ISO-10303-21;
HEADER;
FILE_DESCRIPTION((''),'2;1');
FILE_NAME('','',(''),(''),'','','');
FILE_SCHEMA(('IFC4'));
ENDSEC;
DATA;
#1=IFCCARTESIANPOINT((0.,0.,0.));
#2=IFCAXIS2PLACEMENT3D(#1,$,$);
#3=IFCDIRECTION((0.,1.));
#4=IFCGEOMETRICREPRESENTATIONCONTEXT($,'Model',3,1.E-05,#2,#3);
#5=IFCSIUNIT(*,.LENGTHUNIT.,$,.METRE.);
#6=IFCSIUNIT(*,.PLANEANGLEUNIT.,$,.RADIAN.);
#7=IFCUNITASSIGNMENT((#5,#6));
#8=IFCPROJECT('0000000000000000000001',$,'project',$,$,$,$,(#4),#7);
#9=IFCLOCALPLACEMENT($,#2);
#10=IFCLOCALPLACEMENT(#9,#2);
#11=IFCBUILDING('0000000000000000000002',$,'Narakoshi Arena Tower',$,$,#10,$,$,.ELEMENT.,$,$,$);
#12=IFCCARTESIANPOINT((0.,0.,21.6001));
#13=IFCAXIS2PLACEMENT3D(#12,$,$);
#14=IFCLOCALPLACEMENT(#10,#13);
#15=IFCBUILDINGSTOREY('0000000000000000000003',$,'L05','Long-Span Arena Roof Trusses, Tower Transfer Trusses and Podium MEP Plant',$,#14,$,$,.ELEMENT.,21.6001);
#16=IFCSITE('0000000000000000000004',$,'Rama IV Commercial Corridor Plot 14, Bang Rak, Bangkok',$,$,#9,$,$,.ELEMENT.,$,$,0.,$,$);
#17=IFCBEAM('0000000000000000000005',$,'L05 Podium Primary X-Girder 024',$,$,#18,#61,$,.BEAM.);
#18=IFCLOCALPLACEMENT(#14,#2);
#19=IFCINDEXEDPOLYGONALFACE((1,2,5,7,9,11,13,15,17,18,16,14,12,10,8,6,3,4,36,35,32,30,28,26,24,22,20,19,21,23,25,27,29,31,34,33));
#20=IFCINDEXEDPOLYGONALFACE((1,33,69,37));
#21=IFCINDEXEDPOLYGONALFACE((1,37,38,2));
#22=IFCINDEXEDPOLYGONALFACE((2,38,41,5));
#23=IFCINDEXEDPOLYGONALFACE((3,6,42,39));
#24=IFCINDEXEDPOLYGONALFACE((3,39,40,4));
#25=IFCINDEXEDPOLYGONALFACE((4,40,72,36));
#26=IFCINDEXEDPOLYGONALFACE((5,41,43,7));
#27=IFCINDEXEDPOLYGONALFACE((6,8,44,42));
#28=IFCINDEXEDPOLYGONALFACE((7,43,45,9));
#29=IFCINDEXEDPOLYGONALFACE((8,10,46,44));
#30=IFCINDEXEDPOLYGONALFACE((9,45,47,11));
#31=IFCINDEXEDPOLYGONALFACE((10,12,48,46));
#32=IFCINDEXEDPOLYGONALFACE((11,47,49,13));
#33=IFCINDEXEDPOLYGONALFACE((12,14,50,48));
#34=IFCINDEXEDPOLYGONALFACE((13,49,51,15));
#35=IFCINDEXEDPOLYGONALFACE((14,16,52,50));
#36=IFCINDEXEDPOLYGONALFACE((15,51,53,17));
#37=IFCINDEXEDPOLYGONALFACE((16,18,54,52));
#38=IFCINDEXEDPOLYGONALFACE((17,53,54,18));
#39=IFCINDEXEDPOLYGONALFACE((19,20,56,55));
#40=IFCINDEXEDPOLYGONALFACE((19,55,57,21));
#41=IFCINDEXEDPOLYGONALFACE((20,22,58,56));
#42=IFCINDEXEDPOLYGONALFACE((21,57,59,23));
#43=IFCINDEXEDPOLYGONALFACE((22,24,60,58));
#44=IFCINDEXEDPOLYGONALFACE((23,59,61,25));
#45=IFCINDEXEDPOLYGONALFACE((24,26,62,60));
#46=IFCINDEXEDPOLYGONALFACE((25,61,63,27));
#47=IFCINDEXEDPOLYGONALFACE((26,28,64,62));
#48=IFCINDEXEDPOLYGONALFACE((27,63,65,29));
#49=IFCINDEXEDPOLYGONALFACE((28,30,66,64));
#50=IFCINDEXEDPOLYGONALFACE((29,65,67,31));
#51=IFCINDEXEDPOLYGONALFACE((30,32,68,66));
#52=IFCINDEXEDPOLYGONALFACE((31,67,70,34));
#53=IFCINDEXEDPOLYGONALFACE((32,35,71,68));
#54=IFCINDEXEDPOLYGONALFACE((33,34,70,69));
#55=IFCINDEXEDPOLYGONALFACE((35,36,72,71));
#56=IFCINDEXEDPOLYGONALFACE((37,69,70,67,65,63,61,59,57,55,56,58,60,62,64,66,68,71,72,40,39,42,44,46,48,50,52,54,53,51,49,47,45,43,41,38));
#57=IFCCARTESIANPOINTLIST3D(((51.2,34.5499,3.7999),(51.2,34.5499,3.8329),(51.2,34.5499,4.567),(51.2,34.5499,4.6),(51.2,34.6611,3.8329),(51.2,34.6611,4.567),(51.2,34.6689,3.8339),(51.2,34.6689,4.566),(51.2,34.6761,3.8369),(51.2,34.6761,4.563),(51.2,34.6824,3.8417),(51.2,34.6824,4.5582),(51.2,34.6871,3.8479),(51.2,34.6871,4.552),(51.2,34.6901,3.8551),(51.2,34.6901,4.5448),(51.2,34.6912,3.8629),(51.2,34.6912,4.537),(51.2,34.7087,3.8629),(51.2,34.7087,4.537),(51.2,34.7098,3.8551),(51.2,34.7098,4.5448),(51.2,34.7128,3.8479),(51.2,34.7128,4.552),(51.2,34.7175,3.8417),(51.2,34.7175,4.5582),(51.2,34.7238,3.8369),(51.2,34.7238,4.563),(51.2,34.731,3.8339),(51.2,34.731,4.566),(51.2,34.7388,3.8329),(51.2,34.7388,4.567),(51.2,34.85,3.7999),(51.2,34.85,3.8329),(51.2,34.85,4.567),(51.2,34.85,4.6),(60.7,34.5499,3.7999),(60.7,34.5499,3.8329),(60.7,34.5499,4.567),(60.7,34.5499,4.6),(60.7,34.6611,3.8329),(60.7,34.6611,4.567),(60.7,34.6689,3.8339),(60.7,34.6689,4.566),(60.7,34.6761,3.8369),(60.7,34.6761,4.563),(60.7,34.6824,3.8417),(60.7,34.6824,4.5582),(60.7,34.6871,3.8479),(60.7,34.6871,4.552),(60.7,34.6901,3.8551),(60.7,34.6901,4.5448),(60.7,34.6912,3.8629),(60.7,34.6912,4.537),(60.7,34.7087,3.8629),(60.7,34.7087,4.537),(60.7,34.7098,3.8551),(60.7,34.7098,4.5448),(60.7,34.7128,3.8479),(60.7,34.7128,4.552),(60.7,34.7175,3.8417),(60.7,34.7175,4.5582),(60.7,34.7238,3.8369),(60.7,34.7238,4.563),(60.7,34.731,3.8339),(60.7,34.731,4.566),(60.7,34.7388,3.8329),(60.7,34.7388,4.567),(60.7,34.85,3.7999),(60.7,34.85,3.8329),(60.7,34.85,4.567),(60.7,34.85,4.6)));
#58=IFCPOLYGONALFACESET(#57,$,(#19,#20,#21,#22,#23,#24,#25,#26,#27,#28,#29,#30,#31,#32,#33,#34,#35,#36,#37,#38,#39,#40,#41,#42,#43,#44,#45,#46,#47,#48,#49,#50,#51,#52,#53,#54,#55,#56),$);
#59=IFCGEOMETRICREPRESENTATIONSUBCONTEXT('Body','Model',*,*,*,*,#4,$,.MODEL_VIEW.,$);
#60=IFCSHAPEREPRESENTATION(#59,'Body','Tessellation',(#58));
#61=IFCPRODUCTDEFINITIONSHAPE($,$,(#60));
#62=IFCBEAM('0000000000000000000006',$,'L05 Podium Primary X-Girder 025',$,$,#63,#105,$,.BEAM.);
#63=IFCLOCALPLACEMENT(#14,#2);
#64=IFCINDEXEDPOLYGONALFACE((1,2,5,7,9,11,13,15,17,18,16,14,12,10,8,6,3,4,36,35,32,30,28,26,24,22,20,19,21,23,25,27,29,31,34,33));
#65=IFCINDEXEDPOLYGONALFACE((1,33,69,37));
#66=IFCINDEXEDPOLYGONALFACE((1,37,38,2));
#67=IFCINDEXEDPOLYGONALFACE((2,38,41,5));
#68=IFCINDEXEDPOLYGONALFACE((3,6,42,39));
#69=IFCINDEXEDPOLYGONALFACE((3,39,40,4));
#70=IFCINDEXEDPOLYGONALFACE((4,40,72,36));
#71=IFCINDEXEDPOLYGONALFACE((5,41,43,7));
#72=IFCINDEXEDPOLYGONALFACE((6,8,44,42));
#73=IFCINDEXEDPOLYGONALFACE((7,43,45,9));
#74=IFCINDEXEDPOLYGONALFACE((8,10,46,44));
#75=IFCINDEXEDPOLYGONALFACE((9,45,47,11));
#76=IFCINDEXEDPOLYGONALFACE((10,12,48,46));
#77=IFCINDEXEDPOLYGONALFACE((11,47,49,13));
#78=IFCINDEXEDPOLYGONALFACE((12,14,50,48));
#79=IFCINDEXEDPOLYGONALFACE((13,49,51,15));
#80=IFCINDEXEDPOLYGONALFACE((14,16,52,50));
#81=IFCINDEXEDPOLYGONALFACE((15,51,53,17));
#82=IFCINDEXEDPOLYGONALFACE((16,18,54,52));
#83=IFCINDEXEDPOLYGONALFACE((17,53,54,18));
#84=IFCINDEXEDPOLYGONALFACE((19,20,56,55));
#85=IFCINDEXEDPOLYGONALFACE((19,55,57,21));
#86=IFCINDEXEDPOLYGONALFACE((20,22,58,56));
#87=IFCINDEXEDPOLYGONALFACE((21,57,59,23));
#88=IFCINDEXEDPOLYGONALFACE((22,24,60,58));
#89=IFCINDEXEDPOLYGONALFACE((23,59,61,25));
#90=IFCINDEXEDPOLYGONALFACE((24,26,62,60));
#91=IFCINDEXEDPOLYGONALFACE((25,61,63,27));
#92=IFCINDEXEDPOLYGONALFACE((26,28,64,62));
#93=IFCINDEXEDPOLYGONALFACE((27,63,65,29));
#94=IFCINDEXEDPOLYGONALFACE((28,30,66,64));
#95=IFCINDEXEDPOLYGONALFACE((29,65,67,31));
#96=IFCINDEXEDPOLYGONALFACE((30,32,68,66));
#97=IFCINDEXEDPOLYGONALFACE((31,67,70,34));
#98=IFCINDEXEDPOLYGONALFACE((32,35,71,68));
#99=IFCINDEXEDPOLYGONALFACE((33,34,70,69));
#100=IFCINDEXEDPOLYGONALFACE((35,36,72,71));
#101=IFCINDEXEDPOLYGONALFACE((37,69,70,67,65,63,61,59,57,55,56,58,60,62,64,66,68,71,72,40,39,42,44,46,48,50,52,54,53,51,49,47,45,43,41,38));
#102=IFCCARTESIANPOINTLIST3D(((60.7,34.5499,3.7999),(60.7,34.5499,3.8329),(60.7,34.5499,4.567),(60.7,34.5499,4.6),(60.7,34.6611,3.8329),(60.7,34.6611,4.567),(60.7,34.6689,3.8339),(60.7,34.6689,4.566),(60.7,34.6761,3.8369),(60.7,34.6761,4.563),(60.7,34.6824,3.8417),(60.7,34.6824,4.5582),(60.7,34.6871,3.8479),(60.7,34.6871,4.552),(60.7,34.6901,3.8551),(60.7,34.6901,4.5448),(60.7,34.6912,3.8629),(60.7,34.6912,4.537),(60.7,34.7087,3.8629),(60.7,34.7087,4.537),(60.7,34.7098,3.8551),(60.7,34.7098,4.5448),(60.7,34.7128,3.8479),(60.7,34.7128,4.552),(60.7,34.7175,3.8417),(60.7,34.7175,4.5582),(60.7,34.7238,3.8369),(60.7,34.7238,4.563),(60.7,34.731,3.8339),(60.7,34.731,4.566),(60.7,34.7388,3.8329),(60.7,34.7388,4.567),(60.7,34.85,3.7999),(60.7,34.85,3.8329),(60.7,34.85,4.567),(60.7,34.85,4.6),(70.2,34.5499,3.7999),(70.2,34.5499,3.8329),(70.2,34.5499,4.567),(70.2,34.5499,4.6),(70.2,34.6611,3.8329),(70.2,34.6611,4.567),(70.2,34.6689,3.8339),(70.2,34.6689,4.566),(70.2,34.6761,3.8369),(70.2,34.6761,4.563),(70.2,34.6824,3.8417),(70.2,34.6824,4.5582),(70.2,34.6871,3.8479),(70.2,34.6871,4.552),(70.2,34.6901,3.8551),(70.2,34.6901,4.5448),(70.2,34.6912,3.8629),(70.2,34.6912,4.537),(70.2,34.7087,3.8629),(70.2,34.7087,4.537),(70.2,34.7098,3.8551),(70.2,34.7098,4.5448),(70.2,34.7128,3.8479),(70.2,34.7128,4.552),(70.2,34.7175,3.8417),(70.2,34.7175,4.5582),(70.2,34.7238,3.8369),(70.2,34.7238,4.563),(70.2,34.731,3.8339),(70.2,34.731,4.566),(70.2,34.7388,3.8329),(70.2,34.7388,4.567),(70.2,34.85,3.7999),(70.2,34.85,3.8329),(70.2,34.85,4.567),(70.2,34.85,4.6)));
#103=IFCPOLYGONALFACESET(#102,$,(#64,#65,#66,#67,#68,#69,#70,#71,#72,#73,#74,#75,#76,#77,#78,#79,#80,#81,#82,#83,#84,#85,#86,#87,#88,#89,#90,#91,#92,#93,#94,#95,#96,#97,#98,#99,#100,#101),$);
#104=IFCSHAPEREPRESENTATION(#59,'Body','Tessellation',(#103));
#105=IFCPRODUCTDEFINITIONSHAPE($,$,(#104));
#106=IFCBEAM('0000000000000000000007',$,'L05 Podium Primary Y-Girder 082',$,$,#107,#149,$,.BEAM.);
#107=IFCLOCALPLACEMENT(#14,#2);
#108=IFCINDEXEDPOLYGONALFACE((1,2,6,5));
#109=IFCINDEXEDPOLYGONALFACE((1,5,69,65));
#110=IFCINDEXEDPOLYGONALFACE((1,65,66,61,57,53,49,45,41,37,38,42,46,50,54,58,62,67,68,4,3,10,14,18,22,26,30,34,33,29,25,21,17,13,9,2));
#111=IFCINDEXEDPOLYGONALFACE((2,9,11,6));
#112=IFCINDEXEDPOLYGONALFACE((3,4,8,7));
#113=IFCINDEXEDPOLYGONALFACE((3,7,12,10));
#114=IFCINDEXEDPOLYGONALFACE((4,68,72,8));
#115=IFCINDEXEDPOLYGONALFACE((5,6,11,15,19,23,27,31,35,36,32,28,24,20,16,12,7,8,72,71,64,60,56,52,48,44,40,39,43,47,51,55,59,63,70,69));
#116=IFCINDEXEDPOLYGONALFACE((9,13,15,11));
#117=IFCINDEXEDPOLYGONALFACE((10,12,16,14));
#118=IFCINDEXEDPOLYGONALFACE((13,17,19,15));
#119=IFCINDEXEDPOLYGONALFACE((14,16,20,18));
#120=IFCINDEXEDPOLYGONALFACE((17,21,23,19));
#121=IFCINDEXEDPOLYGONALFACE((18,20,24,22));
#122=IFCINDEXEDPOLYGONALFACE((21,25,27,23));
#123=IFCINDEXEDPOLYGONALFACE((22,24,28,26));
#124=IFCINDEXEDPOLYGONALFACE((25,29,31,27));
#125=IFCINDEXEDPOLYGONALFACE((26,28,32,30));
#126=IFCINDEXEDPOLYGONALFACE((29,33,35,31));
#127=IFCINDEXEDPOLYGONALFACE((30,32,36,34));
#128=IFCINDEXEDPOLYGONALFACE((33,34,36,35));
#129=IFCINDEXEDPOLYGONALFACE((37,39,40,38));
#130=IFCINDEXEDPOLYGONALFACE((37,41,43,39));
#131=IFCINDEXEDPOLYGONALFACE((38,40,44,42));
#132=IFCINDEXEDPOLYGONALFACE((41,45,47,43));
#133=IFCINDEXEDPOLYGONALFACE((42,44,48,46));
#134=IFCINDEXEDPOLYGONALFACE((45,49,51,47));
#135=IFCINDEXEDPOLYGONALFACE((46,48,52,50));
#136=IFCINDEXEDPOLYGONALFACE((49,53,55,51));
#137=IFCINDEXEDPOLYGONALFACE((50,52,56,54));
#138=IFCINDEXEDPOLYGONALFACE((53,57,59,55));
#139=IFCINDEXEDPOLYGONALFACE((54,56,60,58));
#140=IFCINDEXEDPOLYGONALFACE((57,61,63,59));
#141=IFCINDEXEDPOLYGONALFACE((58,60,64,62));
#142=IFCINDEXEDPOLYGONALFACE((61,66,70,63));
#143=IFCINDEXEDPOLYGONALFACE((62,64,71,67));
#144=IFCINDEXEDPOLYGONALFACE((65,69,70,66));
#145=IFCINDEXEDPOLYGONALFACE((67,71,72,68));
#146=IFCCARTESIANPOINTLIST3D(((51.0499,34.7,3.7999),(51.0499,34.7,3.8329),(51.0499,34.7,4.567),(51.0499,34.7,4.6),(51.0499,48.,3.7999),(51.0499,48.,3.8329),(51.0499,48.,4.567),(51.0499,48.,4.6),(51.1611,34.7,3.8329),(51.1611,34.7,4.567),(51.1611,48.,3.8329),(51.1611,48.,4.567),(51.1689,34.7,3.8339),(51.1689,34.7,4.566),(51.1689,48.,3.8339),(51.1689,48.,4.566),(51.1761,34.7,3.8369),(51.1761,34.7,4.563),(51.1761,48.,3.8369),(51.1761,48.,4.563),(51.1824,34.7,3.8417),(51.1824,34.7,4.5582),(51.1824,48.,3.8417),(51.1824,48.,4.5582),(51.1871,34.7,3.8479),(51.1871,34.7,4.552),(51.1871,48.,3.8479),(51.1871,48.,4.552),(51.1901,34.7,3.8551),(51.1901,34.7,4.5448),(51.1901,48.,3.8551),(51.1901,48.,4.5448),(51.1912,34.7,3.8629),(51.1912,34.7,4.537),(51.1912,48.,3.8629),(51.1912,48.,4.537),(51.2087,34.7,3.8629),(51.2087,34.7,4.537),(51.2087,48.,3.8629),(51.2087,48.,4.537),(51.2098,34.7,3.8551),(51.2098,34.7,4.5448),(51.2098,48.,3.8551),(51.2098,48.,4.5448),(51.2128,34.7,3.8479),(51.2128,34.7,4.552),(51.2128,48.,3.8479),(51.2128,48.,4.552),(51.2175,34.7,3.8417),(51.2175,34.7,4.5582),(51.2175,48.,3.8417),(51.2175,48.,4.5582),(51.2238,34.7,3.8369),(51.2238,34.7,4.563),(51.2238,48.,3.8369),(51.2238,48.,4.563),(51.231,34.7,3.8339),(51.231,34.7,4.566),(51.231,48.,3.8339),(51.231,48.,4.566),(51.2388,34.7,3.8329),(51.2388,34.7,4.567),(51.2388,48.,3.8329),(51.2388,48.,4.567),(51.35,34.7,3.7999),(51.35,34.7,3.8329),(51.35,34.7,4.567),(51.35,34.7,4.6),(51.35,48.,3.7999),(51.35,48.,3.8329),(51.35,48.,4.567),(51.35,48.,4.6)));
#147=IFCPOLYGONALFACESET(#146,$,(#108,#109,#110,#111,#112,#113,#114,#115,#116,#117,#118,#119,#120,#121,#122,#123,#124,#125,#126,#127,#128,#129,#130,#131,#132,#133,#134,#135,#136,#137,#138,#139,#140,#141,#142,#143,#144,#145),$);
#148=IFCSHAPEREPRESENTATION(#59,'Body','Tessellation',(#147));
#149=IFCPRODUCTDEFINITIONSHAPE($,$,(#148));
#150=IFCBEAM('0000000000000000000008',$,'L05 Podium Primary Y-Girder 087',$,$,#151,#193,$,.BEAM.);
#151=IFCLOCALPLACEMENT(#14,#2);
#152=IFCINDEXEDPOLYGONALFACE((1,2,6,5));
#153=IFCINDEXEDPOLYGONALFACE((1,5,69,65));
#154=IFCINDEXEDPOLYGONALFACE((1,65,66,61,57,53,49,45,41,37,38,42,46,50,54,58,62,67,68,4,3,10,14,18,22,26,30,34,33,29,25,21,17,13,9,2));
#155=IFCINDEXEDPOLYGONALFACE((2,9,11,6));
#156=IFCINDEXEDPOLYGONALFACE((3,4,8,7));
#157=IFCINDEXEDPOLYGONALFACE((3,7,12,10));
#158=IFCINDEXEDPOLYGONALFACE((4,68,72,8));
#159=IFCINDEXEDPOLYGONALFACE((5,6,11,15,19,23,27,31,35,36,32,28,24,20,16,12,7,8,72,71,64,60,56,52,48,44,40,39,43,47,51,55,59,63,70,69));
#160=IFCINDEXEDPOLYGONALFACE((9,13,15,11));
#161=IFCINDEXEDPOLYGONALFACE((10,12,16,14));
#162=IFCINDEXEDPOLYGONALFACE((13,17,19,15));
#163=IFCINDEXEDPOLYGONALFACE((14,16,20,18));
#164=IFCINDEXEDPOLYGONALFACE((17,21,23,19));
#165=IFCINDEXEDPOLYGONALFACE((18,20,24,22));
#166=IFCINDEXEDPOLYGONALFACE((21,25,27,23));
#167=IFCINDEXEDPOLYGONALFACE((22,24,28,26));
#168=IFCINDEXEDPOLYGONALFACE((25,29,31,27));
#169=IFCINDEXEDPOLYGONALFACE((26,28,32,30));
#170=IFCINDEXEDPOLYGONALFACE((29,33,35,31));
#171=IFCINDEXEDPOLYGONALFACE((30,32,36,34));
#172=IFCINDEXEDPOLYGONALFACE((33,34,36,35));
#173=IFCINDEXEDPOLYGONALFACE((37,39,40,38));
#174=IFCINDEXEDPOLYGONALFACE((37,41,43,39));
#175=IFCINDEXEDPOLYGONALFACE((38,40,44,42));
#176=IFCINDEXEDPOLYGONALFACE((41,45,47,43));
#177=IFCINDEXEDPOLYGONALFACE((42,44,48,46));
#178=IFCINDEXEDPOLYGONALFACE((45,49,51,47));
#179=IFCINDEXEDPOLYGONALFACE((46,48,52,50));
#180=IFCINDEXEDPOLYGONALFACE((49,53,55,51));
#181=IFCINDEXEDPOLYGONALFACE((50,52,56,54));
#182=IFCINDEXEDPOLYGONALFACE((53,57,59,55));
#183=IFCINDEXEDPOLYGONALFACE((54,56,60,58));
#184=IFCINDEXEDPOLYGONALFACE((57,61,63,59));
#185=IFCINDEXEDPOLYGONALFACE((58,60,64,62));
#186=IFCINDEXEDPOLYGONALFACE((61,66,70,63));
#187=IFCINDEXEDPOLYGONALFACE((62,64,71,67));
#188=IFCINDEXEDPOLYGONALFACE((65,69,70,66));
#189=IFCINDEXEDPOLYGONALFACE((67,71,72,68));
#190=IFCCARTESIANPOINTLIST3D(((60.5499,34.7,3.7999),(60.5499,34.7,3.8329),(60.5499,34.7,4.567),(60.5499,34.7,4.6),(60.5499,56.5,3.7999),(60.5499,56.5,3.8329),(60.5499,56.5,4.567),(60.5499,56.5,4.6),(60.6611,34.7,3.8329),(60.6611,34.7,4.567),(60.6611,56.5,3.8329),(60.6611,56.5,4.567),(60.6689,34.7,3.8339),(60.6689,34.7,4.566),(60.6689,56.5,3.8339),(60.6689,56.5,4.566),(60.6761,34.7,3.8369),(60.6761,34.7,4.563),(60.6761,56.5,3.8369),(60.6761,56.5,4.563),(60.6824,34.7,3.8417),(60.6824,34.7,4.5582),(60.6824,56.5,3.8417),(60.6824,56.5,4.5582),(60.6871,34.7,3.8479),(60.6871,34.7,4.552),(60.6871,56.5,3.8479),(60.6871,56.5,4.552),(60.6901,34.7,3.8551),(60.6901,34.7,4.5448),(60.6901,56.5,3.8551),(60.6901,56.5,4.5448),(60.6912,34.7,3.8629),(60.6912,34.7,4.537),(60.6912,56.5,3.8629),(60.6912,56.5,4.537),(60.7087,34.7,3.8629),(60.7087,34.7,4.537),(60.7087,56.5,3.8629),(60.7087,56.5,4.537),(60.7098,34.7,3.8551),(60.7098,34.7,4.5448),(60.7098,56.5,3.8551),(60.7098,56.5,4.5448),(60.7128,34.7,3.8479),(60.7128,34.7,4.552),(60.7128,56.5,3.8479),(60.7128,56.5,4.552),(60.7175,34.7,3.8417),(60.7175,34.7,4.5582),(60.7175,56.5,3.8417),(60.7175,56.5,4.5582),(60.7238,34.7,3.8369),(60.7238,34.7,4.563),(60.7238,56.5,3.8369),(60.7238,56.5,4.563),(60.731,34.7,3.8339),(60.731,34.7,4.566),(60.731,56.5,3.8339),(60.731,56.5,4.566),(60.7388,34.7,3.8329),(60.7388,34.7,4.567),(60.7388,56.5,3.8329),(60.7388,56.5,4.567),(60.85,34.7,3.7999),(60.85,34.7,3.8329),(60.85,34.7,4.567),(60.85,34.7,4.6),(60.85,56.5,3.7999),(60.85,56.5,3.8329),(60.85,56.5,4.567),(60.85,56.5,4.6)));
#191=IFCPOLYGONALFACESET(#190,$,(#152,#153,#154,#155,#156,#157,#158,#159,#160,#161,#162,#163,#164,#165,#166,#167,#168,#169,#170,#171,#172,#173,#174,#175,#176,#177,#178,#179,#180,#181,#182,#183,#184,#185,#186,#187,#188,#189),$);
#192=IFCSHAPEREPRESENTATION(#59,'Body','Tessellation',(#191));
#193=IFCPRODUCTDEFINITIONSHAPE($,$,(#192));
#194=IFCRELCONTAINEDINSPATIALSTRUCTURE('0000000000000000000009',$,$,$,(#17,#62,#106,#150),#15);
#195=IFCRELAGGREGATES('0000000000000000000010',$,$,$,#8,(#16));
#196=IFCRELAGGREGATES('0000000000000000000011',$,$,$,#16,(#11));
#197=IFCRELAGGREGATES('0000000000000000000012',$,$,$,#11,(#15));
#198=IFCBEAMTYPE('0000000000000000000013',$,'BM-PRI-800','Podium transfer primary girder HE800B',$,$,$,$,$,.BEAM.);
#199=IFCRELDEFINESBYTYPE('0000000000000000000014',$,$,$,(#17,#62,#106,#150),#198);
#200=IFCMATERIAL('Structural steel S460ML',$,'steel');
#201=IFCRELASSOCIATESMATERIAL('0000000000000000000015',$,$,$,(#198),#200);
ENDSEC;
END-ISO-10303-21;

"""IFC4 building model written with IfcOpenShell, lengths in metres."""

from ifc_helpers import new_model, si_unit, direction, frame, origin, origin_2d, place, context, subcontext, project, spatial, i_section, extrude, material, material_profile, profile_set, type_object, element, save


model = new_model("IFC4")

# Units and contexts
model_context = context("Model", 3, precision=1e-05, world=origin(), true_north=direction((0.0, 1.0)))
body_context = subcontext(model_context, "Body", "Model", "MODEL_VIEW")
ifc_project = project(units=[si_unit("LENGTHUNIT", "METRE"), si_unit("PLANEANGLEUNIT", "RADIAN")], contexts=[model_context])

# Site, building, storey
site_placement = place(None, origin())
site = spatial("IfcSite", under=ifc_project, at=site_placement, Name="Rama IV Commercial Corridor Plot 14, Bang Rak, Bangkok", CompositionType="ELEMENT", RefElevation=0.0)
building_placement = place(site_placement, origin())
building = spatial("IfcBuilding", under=site, at=building_placement, Name="Narakoshi Arena Tower", CompositionType="ELEMENT")
storey_placement = place(building_placement, frame((0.0, 0.0, 21.6001)))
storey = spatial("IfcBuildingStorey", under=building, at=storey_placement, Name="L05", Description="Long-Span Arena Roof Trusses, Tower Transfer Trusses and Podium MEP Plant", CompositionType="ELEMENT", Elevation=21.6001)

# Beams
ifc_material_1 = material(Name="Structural steel S460ML", Category="steel")
ifc_material_profile_1 = material_profile(ifc_material_1, i_section(OverallWidth=0.3, OverallDepth=0.8, WebThickness=0.0176, FlangeThickness=0.033, FilletRadius=0.03, at=origin_2d()), Name="HE800B")
ifc_profile_set_1 = profile_set([ifc_material_profile_1], Name="Structural steel S460ML")
beam_type_1 = type_object("IfcBeamType", Name="BM-PRI-800", Description="Podium transfer primary girder HE800B", PredefinedType="BEAM", material=ifc_profile_set_1)
for number, where, z_axis, x_axis, name in (
    (1, (51.2, 34.7, 4.2), (1.0, 0.0, 0.0), (0.0, 1.0, 0.0), "L05 Podium Primary X-Girder 024"),
    (2, (60.7, 34.7, 4.2), (1.0, 0.0, 0.0), (0.0, 1.0, 0.0), "L05 Podium Primary X-Girder 025"),
):
    element("IfcBeam", number, at=place(storey_placement, frame(where, z_axis=z_axis, x_axis=x_axis)), inside=storey, type_object=beam_type_1, Name=name, PredefinedType="BEAM", context=body_context, shape_type="SweptSolid", body=[
        extrude(i_section(OverallWidth=0.3, OverallDepth=0.8, WebThickness=0.0176, FlangeThickness=0.033, FilletRadius=0.03, at=origin_2d()), origin(), (0.0, 0.0, 1.0), 9.5),
    ])
beam_1_placement = place(storey_placement, frame((51.2, 34.7, 4.2), z_axis=(0.0, 1.0, 0.0), x_axis=(-1.0, 0.0, 0.0)))
element("IfcBeam", 3, at=beam_1_placement, inside=storey, type_object=beam_type_1, Name="L05 Podium Primary Y-Girder 082", PredefinedType="BEAM", context=body_context, shape_type="SweptSolid", body=[
    extrude(i_section(OverallWidth=0.3, OverallDepth=0.8, WebThickness=0.0176, FlangeThickness=0.033, FilletRadius=0.03, at=origin_2d()), origin(), (0.0, 0.0, 1.0), 13.3),
])
beam_2_placement = place(storey_placement, frame((60.7, 34.7, 4.2), z_axis=(0.0, 1.0, 0.0), x_axis=(-1.0, 0.0, 0.0)))
element("IfcBeam", 4, at=beam_2_placement, inside=storey, type_object=beam_type_1, Name="L05 Podium Primary Y-Girder 087", PredefinedType="BEAM", context=body_context, shape_type="SweptSolid", body=[
    extrude(i_section(OverallWidth=0.3, OverallDepth=0.8, WebThickness=0.0176, FlangeThickness=0.033, FilletRadius=0.03, at=origin_2d()), origin(), (0.0, 0.0, 1.0), 21.8),
])

save(model, "model.ifc")
